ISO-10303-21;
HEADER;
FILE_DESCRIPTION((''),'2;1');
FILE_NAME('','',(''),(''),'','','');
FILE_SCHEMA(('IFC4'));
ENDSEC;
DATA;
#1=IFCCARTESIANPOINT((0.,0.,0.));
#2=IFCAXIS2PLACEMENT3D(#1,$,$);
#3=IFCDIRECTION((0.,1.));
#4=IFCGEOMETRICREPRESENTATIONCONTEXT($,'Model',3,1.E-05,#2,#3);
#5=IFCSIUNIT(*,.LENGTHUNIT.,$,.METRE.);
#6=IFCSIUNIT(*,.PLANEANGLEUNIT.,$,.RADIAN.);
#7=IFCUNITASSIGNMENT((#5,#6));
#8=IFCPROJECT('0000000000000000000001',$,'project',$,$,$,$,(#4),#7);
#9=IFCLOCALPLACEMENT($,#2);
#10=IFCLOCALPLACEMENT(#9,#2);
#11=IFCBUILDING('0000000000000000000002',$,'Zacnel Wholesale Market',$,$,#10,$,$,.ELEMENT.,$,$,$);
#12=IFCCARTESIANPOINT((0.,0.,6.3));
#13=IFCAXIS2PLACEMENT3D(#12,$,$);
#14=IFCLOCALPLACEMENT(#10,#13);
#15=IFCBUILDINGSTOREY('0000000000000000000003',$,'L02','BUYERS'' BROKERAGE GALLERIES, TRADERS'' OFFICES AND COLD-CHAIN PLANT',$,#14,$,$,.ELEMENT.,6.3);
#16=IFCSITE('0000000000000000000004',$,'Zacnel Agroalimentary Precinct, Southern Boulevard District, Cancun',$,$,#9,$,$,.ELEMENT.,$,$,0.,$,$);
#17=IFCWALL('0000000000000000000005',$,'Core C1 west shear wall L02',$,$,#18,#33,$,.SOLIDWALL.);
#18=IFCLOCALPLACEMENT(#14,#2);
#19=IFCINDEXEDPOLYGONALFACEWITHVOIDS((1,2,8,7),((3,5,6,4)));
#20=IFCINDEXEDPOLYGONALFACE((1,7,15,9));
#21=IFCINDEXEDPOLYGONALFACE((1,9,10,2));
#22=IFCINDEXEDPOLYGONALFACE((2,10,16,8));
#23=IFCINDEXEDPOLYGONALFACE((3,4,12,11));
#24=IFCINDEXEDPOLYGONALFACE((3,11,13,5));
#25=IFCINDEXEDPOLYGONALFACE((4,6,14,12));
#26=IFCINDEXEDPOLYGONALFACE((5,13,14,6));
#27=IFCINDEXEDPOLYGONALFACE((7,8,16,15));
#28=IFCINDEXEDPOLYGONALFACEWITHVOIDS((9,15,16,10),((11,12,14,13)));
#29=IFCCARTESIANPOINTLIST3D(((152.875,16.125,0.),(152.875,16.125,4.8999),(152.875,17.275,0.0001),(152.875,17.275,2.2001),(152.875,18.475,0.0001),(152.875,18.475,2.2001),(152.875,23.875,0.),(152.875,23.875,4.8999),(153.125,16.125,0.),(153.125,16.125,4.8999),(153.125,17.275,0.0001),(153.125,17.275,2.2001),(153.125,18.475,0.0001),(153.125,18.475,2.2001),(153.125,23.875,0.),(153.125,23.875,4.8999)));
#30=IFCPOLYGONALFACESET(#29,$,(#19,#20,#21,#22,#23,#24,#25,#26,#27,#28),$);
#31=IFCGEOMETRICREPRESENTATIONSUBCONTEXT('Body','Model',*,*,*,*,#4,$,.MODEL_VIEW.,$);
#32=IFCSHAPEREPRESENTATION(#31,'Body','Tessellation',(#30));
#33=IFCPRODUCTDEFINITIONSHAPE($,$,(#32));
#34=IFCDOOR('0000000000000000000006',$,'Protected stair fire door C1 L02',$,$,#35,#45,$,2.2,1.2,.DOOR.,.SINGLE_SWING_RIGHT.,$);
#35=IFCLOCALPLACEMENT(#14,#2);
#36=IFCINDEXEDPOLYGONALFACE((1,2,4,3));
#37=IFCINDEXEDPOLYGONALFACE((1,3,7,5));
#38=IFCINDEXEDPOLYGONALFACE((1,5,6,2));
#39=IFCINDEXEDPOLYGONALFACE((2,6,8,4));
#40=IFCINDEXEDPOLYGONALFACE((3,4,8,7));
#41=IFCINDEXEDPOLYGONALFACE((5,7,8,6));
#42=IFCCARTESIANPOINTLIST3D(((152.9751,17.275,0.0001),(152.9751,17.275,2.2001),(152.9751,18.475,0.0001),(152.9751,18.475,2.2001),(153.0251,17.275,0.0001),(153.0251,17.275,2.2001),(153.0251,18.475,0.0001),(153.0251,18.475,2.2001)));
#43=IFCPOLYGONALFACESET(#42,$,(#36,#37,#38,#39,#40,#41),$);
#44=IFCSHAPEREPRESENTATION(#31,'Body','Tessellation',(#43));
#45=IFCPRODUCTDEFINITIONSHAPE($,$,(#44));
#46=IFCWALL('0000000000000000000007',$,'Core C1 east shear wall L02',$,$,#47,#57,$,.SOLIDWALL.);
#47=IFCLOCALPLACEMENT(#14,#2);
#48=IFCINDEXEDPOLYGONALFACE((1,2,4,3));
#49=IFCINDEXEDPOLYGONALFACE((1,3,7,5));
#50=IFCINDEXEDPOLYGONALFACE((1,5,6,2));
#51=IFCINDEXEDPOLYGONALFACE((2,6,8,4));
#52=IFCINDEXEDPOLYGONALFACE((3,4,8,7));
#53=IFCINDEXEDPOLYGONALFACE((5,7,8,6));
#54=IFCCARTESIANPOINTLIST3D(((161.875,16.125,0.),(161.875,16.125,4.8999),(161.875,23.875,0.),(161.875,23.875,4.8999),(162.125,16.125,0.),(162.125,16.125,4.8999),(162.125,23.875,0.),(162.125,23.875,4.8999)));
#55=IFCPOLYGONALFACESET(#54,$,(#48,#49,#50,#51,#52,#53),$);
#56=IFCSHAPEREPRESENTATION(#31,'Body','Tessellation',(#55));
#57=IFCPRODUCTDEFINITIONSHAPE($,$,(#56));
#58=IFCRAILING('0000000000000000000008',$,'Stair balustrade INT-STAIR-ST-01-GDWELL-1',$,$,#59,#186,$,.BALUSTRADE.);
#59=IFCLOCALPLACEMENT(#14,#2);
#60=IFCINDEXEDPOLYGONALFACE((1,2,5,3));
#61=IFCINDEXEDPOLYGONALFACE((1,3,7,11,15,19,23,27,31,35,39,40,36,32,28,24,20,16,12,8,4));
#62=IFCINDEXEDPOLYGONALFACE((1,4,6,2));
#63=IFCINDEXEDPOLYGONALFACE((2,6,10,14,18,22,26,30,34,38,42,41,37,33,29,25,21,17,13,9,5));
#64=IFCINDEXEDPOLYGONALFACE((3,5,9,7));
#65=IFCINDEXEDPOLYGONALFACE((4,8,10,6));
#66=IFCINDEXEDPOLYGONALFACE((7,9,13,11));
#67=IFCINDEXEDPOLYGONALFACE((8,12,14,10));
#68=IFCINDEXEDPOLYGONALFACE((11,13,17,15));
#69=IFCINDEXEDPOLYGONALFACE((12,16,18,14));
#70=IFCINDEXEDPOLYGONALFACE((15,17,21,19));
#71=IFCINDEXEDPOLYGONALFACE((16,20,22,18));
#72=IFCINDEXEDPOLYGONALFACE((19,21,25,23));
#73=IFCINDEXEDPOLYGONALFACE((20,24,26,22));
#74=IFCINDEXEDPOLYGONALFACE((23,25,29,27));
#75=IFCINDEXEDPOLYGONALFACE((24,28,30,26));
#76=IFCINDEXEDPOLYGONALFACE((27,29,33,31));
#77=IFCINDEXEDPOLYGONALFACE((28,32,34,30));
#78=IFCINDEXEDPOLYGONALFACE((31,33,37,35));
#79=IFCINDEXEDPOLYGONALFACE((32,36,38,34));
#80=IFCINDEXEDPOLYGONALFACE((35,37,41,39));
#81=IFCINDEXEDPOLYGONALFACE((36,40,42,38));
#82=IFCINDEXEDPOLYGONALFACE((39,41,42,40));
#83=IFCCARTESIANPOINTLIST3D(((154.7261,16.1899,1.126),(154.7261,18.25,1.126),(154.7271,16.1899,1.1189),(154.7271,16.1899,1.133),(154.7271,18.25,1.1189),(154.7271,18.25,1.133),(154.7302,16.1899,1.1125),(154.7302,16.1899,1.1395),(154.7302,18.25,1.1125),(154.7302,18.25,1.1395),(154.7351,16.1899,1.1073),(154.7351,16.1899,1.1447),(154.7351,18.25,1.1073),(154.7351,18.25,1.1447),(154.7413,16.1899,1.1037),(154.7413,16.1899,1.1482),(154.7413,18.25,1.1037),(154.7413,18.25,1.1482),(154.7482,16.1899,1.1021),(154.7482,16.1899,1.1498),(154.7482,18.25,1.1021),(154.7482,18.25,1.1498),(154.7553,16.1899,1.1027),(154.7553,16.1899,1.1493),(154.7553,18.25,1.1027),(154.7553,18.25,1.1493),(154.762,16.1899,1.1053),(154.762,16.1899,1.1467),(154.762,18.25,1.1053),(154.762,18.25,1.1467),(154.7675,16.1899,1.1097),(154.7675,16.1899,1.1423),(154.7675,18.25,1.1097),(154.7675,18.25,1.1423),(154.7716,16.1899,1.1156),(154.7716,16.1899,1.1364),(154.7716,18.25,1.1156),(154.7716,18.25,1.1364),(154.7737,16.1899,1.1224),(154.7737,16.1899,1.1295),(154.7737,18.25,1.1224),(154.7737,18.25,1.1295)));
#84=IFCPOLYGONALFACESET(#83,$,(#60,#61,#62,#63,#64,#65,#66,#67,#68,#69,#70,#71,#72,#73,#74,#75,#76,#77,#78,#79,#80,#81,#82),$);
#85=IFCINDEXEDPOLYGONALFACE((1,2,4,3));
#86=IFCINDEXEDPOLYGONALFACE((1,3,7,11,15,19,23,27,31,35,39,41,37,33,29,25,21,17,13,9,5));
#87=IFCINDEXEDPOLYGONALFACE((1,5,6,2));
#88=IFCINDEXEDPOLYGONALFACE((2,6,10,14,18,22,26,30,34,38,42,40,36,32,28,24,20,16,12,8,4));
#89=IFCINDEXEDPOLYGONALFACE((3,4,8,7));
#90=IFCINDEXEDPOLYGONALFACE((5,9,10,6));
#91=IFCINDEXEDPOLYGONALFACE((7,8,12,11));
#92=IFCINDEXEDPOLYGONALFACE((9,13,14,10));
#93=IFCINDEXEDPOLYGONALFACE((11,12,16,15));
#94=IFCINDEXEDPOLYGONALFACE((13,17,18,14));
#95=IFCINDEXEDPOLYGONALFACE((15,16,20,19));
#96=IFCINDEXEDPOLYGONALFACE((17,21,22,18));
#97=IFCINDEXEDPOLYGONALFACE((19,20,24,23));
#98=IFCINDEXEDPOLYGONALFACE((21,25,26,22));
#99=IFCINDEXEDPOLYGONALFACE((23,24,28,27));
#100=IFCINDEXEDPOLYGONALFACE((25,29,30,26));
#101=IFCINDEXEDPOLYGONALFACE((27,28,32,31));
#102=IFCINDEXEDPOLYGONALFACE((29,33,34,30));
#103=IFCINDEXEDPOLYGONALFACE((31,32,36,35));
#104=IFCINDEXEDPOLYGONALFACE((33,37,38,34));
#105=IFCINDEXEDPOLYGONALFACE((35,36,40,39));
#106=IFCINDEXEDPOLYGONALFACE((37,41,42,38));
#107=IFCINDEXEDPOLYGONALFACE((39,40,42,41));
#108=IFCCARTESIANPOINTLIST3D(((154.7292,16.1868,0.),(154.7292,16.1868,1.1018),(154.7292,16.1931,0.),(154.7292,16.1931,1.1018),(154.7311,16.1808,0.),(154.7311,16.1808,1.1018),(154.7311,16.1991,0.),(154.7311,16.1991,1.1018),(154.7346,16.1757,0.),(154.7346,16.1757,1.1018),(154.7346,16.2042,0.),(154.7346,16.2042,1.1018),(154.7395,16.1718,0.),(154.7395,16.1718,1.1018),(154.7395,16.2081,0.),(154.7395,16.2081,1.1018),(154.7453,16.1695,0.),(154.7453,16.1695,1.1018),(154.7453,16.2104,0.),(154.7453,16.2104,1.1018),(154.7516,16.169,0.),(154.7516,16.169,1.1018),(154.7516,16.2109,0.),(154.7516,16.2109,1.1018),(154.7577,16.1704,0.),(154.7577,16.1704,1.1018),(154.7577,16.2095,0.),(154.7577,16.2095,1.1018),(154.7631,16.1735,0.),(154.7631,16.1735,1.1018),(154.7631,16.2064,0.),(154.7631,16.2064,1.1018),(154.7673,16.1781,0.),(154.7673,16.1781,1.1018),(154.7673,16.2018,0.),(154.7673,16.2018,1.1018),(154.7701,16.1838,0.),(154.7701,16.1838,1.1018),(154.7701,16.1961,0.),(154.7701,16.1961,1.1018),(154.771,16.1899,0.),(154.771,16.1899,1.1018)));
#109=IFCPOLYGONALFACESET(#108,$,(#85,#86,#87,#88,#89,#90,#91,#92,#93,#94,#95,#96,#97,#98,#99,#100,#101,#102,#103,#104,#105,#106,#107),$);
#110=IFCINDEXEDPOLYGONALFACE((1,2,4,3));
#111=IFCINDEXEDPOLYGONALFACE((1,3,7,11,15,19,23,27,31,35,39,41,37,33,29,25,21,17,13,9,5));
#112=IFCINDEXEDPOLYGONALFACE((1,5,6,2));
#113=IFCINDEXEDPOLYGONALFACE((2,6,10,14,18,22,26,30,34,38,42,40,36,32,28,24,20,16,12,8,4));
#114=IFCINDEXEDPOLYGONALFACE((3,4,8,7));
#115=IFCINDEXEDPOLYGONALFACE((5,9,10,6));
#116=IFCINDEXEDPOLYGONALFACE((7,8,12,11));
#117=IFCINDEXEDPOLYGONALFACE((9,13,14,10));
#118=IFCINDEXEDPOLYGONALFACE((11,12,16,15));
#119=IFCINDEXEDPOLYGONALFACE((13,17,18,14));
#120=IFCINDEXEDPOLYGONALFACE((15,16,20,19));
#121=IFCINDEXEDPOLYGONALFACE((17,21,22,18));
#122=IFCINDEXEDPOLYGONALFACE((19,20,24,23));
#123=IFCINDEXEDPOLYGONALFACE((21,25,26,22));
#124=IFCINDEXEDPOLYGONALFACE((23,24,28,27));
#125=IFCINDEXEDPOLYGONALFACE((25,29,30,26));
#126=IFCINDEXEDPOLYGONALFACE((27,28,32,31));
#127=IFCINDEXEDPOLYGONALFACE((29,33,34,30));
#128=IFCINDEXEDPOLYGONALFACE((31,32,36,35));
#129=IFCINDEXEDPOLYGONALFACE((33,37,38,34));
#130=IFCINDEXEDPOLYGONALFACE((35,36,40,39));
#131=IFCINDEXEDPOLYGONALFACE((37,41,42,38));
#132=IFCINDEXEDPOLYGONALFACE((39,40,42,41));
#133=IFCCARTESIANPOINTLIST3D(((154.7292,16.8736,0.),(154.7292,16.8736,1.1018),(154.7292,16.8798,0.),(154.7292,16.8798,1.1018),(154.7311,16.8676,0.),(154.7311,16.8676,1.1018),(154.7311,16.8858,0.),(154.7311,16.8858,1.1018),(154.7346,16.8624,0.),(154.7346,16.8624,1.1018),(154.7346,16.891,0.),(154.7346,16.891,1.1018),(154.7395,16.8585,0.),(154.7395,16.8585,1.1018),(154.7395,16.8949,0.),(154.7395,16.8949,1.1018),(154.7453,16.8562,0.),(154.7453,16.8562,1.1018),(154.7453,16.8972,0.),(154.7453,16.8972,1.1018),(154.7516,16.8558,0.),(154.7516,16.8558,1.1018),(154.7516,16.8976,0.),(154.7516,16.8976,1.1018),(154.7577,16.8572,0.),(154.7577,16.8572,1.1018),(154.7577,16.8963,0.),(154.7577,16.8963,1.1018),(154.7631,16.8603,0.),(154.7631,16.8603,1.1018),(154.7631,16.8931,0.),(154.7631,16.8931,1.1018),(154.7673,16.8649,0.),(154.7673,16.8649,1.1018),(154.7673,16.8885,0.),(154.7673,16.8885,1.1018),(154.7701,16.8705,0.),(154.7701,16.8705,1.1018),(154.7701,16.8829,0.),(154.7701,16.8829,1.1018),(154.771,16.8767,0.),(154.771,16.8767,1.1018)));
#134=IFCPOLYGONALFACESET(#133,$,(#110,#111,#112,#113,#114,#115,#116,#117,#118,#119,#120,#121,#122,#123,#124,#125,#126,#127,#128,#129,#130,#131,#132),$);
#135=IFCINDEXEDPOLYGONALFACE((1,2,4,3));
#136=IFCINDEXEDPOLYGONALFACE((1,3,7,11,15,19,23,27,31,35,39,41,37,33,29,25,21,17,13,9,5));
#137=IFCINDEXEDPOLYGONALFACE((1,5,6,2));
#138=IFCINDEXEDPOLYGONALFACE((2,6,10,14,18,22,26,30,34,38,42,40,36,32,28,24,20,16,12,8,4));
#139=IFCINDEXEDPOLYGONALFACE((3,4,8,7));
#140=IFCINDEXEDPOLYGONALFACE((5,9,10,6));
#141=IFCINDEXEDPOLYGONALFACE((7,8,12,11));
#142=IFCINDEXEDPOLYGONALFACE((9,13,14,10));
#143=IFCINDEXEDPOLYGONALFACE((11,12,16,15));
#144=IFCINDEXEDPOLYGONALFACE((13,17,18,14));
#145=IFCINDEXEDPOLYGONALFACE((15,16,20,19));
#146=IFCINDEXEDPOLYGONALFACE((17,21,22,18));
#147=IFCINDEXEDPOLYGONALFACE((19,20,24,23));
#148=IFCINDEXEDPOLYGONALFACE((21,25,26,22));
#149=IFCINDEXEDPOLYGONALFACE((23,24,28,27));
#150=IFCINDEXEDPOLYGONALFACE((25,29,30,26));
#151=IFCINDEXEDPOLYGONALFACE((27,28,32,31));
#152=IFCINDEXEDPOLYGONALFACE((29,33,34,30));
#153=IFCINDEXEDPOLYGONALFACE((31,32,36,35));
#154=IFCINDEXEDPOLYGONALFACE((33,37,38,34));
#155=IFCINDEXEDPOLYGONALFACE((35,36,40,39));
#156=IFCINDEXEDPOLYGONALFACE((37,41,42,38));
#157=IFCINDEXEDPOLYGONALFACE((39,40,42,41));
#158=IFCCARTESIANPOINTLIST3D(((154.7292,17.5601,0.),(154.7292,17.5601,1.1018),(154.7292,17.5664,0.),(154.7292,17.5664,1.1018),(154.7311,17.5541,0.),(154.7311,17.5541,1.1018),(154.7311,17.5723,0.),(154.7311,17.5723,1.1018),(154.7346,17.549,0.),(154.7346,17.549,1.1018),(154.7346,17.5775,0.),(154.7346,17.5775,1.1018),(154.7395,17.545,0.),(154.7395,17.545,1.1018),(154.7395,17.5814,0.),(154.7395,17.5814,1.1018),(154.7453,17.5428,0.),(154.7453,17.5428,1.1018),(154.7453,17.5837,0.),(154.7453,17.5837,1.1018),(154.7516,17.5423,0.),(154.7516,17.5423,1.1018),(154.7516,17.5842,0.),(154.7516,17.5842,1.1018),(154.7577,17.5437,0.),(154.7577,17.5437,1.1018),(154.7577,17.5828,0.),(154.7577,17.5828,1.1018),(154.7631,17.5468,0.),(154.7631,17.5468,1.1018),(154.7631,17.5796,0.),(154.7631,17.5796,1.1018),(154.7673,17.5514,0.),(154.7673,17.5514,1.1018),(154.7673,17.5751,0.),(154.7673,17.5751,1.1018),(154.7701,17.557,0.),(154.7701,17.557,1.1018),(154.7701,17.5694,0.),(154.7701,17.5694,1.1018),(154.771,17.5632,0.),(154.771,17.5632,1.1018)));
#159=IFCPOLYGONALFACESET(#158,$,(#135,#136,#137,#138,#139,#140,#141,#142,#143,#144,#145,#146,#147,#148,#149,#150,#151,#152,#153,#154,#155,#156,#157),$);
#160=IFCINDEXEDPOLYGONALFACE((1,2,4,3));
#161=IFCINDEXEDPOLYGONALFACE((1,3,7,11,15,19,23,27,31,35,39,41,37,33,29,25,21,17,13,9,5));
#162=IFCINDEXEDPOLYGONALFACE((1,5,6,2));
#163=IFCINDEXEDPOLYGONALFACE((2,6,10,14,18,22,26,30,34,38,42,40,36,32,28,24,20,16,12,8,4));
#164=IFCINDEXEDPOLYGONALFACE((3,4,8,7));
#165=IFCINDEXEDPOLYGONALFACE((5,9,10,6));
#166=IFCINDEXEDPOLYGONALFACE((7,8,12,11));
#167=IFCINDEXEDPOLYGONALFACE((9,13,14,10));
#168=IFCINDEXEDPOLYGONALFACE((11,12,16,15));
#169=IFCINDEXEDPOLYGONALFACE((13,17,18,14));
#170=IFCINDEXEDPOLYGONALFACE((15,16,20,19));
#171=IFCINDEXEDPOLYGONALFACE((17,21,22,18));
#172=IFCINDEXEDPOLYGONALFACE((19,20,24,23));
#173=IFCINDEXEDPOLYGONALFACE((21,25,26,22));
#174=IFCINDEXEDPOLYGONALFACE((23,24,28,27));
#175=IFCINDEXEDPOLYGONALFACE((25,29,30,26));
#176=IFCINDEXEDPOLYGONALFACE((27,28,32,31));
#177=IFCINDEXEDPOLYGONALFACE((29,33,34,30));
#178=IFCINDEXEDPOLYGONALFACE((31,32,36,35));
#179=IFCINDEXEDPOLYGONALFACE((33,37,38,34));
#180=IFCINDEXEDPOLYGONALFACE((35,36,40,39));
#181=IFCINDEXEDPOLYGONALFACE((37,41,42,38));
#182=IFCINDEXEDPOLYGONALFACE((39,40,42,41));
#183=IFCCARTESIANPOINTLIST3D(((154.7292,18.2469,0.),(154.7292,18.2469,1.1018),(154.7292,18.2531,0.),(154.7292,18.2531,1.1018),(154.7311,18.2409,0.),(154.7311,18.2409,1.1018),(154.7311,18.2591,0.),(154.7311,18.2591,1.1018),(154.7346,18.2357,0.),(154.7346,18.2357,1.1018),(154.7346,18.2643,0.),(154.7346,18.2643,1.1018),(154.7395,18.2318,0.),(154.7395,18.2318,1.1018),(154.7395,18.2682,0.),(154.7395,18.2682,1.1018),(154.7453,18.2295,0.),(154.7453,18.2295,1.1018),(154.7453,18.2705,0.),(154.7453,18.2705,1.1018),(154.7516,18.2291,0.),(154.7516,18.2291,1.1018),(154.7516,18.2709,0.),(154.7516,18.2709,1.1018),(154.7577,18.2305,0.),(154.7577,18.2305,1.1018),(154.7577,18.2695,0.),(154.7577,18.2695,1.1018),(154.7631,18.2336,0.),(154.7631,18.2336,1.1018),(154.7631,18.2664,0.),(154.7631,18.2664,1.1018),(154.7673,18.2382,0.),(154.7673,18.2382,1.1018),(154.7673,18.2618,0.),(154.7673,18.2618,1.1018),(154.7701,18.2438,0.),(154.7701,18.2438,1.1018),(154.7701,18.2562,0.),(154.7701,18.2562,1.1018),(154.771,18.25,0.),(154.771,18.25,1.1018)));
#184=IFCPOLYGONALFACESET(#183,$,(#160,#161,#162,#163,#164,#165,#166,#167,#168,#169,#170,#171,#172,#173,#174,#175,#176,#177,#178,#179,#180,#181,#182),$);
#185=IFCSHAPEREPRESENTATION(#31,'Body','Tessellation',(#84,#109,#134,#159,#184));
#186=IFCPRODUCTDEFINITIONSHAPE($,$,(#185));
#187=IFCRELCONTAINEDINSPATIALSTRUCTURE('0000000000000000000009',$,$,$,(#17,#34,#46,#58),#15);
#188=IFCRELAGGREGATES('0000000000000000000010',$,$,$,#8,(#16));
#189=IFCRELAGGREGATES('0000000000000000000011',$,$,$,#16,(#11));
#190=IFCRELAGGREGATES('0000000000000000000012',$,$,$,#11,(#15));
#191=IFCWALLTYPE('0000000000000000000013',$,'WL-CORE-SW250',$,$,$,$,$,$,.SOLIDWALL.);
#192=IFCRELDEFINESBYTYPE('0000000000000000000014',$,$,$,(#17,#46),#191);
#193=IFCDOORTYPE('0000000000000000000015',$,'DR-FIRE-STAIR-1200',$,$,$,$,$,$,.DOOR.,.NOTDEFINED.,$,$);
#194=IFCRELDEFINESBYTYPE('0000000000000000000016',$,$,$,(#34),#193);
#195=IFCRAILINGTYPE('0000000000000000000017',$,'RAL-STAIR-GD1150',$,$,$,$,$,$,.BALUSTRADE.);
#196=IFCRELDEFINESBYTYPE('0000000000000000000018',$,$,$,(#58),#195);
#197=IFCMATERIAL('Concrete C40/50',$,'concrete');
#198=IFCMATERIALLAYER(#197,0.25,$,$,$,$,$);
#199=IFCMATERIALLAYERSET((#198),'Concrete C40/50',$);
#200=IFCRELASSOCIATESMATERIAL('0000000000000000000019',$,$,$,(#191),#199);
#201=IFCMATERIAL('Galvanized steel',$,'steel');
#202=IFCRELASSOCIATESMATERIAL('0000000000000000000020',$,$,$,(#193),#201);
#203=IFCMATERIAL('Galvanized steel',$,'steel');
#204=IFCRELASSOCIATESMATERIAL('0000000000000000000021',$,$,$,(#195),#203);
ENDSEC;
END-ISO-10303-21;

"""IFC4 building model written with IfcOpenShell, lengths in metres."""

from ifc_helpers import new_model, si_unit, direction, frame, frame_2d, origin, origin_2d, place, context, subcontext, project, spatial, rectangle, circle, extrude, material, layer, layer_set, type_object, element, fill, save


model = new_model("IFC4")

# Units and contexts
model_context = context("Model", 3, precision=1e-05, world=origin(), true_north=direction((0.0, 1.0)))
body_context = subcontext(model_context, "Body", "Model", "MODEL_VIEW")
ifc_project = project(units=[si_unit("LENGTHUNIT", "METRE"), si_unit("PLANEANGLEUNIT", "RADIAN")], contexts=[model_context])

# Site, building, storey
site_placement = place(None, origin())
site = spatial("IfcSite", under=ifc_project, at=site_placement, Name="Zacnel Agroalimentary Precinct, Southern Boulevard District, Cancun", CompositionType="ELEMENT", RefElevation=0.0)
building_placement = place(site_placement, origin())
building = spatial("IfcBuilding", under=site, at=building_placement, Name="Zacnel Wholesale Market", CompositionType="ELEMENT")
storey_placement = place(building_placement, frame((0.0, 0.0, 6.3)))
storey = spatial("IfcBuildingStorey", under=building, at=storey_placement, Name="L02", Description="BUYERS' BROKERAGE GALLERIES, TRADERS' OFFICES AND COLD-CHAIN PLANT", CompositionType="ELEMENT", Elevation=6.3)

# Shared definitions
ifc_material_1 = material(Name="Concrete C40/50", Category="concrete")
ifc_layer_1 = layer(ifc_material_1, 0.25)
ifc_layer_set_1 = layer_set([ifc_layer_1], Name="Concrete C40/50")
wall_type_1 = type_object("IfcWallType", Name="WL-CORE-SW250", PredefinedType="SOLIDWALL", material=ifc_layer_set_1)

# Wall, opening, door
wall_1_placement = place(storey_placement, frame((153.0, 16.125, 0.0), z_axis=(0.0, 0.0, 1.0), x_axis=(0.0, 1.0, 0.0)))
wall_1 = element("IfcWall", 1, at=wall_1_placement, inside=storey, type_object=wall_type_1, Name="Core C1 west shear wall L02", PredefinedType="SOLIDWALL", context=body_context, shape_type="SweptSolid", body=[
    extrude(rectangle(XDim=7.75, YDim=0.25, at=frame_2d((3.875, 0.0))), origin(), (0.0, 0.0, 1.0), 4.8999),
])
opening_1_placement = place(wall_1_placement, frame((1.1499, 0.0, 0.0)))
opening_1 = element("IfcOpeningElement", 2, at=opening_1_placement, cuts=wall_1, PredefinedType="OPENING", context=body_context, shape_type="SweptSolid", body=[
    extrude(rectangle(XDim=1.2, YDim=2.2, at=frame_2d((0.6001, 1.1001))), frame((0.0, 0.135, 0.0), z_axis=(0.0, -1.0, 0.0), x_axis=(1.0, 0.0, 0.0)), (0.0, 0.0, 1.0), 0.27),
])
ifc_material_2 = material(Name="Galvanized steel", Category="steel")
door_type_1 = type_object("IfcDoorType", Name="DR-FIRE-STAIR-1200", OperationType="NOTDEFINED", PredefinedType="DOOR", material=ifc_material_2)
door_1_placement = place(opening_1_placement, origin())
door_1 = element("IfcDoor", 3, at=door_1_placement, inside=storey, type_object=door_type_1, Name="Protected stair fire door C1 L02", OperationType="SINGLE_SWING_RIGHT", OverallHeight=2.2, OverallWidth=1.2, PredefinedType="DOOR", context=body_context, shape_type="SweptSolid", body=[
    extrude(rectangle(XDim=1.2, YDim=2.2, at=frame_2d((0.6001, 1.1001))), frame((0.0, 0.0249, 0.0), z_axis=(0.0, -1.0, 0.0), x_axis=(1.0, 0.0, 0.0)), (0.0, 0.0, 1.0), 0.05),
])
fill(opening_1, door_1)

# Wall
wall_2_placement = place(storey_placement, frame((162.0, 16.125, 0.0), z_axis=(0.0, 0.0, 1.0), x_axis=(0.0, 1.0, 0.0)))
element("IfcWall", 4, at=wall_2_placement, inside=storey, type_object=wall_type_1, Name="Core C1 east shear wall L02", PredefinedType="SOLIDWALL", context=body_context, shape_type="SweptSolid", body=[
    extrude(rectangle(XDim=7.75, YDim=0.25, at=frame_2d((3.875, 0.0))), origin(), (0.0, 0.0, 1.0), 4.8999),
])

# Railing
ifc_material_3 = material(Name="Galvanized steel", Category="steel")
railing_type = type_object("IfcRailingType", Name="RAL-STAIR-GD1150", PredefinedType="BALUSTRADE", material=ifc_material_3)
railing_placement = place(storey_placement, frame((154.75, 16.1899, 0.0)))
element("IfcRailing", 5, at=railing_placement, inside=storey, type_object=railing_type, Name="Stair balustrade INT-STAIR-ST-01-GDWELL-1", PredefinedType="BALUSTRADE", context=body_context, shape_type="SweptSolid", body=[
    extrude(circle(Radius=0.0239, at=origin_2d()), frame((0.0, 0.0, 1.126), z_axis=(0.0, 1.0, 0.0), x_axis=(-1.0, 0.0, 0.0)), (0.0, 0.0, 1.0), 2.0601),
    extrude(circle(Radius=0.021, at=origin_2d()), origin(), (0.0, 0.0, 1.0), 1.1018),
    extrude(circle(Radius=0.021, at=origin_2d()), frame((0.0, 0.6868, 0.0)), (0.0, 0.0, 1.0), 1.1018),
    extrude(circle(Radius=0.021, at=origin_2d()), frame((0.0, 1.3733, 0.0)), (0.0, 0.0, 1.0), 1.1018),
    extrude(circle(Radius=0.021, at=origin_2d()), frame((0.0, 2.0601, 0.0)), (0.0, 0.0, 1.0), 1.1018),
])

save(model, "model.ifc")
